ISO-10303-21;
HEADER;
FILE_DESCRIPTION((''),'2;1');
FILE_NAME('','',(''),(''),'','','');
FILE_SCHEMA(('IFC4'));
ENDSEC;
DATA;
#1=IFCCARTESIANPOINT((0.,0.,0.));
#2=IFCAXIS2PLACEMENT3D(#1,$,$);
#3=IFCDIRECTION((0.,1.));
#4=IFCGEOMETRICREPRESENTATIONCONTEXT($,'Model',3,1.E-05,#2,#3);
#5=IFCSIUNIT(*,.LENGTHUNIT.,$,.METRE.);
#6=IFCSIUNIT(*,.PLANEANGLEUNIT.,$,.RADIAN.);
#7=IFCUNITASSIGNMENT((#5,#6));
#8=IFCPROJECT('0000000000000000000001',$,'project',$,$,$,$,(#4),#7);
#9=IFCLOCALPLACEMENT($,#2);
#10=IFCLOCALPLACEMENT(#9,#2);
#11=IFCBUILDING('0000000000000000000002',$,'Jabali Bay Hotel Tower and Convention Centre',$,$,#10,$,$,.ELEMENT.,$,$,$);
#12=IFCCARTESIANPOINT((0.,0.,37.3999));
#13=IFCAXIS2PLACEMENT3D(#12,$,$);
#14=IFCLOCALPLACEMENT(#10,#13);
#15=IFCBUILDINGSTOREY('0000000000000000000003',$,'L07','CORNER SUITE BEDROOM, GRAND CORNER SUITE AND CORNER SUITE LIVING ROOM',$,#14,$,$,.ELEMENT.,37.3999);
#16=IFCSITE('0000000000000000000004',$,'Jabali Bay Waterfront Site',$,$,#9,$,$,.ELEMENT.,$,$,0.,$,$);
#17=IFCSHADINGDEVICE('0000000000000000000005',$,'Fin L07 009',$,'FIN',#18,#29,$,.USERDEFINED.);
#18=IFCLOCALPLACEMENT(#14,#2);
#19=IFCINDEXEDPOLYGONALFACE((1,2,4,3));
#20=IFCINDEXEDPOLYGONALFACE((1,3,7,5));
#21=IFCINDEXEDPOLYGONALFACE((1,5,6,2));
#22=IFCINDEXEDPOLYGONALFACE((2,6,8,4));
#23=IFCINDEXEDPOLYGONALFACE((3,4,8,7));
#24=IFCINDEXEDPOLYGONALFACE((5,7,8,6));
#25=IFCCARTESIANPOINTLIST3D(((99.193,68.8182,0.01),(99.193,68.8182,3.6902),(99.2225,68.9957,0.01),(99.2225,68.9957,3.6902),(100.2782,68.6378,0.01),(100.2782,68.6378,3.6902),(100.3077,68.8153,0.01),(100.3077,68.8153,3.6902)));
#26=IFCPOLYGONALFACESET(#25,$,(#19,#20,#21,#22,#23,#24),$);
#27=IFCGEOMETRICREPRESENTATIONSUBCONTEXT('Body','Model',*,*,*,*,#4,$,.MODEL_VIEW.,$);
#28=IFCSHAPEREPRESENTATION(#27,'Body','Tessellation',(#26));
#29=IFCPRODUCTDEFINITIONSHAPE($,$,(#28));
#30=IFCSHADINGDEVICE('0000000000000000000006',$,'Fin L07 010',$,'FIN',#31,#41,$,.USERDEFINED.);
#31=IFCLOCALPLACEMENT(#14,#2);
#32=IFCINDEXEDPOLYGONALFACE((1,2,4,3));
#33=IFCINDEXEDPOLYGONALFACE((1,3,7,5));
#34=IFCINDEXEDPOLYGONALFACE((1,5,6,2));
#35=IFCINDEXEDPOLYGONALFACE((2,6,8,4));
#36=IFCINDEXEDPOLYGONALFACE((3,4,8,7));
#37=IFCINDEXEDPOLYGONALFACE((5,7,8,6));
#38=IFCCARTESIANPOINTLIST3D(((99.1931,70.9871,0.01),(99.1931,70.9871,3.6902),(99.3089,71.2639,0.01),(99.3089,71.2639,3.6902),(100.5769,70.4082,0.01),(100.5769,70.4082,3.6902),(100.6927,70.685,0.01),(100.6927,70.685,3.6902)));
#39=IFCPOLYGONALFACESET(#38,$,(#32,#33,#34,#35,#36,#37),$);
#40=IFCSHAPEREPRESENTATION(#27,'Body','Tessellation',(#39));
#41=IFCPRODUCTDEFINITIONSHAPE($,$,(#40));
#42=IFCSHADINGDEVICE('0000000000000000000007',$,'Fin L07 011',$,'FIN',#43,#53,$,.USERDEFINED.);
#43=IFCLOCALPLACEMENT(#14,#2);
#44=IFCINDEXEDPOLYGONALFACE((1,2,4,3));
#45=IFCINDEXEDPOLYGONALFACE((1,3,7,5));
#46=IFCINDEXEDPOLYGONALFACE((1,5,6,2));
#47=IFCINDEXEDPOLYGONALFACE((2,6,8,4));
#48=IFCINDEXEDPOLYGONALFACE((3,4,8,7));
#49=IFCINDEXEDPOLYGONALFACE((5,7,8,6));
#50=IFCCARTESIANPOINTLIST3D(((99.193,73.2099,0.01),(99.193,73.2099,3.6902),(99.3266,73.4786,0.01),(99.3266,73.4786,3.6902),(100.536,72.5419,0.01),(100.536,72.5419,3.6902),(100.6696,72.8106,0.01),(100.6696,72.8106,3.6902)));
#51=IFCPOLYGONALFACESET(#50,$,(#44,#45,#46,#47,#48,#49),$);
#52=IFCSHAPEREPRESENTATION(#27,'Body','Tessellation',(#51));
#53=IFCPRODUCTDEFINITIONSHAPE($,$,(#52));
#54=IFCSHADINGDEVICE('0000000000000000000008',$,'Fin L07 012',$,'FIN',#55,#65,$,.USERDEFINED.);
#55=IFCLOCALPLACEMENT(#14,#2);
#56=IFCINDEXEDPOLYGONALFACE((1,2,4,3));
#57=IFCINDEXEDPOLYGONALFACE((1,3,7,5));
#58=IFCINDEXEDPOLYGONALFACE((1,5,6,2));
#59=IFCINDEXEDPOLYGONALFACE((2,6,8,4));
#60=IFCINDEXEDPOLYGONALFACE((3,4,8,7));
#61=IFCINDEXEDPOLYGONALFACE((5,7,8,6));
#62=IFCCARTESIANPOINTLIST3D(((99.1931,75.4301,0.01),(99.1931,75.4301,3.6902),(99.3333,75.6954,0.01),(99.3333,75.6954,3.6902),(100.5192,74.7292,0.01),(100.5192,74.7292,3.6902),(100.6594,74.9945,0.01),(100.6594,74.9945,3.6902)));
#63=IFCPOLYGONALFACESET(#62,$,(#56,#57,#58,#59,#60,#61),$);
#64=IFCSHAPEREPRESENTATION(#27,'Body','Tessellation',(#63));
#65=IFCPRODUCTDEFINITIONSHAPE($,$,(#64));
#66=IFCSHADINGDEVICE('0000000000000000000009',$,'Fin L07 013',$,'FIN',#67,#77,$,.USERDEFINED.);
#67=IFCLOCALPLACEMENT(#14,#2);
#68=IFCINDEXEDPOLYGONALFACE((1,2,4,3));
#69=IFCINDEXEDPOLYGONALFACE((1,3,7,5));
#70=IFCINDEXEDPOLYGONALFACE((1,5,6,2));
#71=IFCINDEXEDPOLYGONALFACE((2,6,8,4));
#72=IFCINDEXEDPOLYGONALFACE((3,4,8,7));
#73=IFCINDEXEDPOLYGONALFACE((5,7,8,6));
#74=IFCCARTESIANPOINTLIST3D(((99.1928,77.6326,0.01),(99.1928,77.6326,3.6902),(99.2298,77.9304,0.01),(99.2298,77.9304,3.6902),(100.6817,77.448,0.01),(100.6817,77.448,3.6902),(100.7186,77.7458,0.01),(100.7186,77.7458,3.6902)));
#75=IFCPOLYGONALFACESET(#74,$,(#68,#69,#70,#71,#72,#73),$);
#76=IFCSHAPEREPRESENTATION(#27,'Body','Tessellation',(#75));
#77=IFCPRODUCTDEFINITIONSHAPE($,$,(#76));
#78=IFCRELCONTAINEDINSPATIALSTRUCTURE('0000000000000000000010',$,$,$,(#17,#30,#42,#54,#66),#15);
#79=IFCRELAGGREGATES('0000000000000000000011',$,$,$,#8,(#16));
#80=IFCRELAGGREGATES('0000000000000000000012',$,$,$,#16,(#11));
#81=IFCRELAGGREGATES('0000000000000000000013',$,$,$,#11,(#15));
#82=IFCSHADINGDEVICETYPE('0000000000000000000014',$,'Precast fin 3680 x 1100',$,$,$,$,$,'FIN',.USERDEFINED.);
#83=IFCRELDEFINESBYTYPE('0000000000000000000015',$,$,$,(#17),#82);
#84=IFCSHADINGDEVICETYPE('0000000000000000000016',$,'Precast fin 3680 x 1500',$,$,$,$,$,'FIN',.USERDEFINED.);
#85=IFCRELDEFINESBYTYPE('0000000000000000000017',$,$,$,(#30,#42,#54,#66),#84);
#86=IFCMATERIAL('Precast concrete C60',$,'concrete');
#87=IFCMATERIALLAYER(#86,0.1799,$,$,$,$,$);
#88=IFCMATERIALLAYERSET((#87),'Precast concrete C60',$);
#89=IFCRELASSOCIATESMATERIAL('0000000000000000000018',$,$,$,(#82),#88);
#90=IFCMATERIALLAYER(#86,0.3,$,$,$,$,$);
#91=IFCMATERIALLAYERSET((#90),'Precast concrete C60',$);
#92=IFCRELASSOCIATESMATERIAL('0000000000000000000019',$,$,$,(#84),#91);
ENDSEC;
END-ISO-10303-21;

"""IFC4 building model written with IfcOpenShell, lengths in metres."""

from ifc_helpers import new_model, si_unit, direction, frame, frame_2d, origin, place, context, subcontext, project, spatial, rectangle, extrude, material, layer, layer_set, type_object, element, save


model = new_model("IFC4")

# Units and contexts
model_context = context("Model", 3, precision=1e-05, world=origin(), true_north=direction((0.0, 1.0)))
body_context = subcontext(model_context, "Body", "Model", "MODEL_VIEW")
ifc_project = project(units=[si_unit("LENGTHUNIT", "METRE"), si_unit("PLANEANGLEUNIT", "RADIAN")], contexts=[model_context])

# Site, building, storey
site_placement = place(None, origin())
site = spatial("IfcSite", under=ifc_project, at=site_placement, Name="Jabali Bay Waterfront Site", CompositionType="ELEMENT", RefElevation=0.0)
building_placement = place(site_placement, origin())
building = spatial("IfcBuilding", under=site, at=building_placement, Name="Jabali Bay Hotel Tower and Convention Centre", CompositionType="ELEMENT")
storey_placement = place(building_placement, frame((0.0, 0.0, 37.3999)))
storey = spatial("IfcBuildingStorey", under=building, at=storey_placement, Name="L07", Description="CORNER SUITE BEDROOM, GRAND CORNER SUITE AND CORNER SUITE LIVING ROOM", CompositionType="ELEMENT", Elevation=37.3999)

# Shading devices
ifc_material_1 = material(Name="Precast concrete C60", Category="concrete")
ifc_layer_1 = layer(ifc_material_1, 0.1799)
ifc_layer_set_1 = layer_set([ifc_layer_1], Name="Precast concrete C60")
shading_device_type_1 = type_object("IfcShadingDeviceType", Name="Precast fin 3680 x 1100", ElementType="FIN", PredefinedType="USERDEFINED", material=ifc_layer_set_1)
shading_device_1_placement = place(storey_placement, frame((99.2078, 68.907, 0.01), z_axis=(0.0, 0.0, 1.0), x_axis=(0.98646, -0.164003, 0.0)))
element("IfcShadingDevice", 1, at=shading_device_1_placement, inside=storey, type_object=shading_device_type_1, Name="Fin L07 009", ObjectType="FIN", PredefinedType="USERDEFINED", context=body_context, shape_type="SweptSolid", body=[
    extrude(rectangle(XDim=1.1001, YDim=0.1799, at=frame_2d((0.55, 0.0))), origin(), (0.0, 0.0, 1.0), 3.6802),
])
ifc_layer_2 = layer(ifc_material_1, 0.3)
ifc_layer_set_2 = layer_set([ifc_layer_2], Name="Precast concrete C60")
shading_device_type_2 = type_object("IfcShadingDeviceType", Name="Precast fin 3680 x 1500", ElementType="FIN", PredefinedType="USERDEFINED", material=ifc_layer_set_2)
for number, where, z_axis, x_axis, name in (
    (2, (99.251, 71.1255, 0.01), (0.0, 0.0, 1.0), (0.922537, -0.385909, 0.0), "Fin L07 010"),
    (3, (99.2598, 73.3442, 0.01), (0.0, 0.0, 1.0), (0.895369, -0.445325, 0.0), "Fin L07 011"),
    (4, (99.2632, 75.5627, 0.01), (0.0, 0.0, 1.0), (0.884108, -0.467282, 0.0), "Fin L07 012"),
):
    element("IfcShadingDevice", number, at=place(storey_placement, frame(where, z_axis=z_axis, x_axis=x_axis)), inside=storey, type_object=shading_device_type_2, Name=name, ObjectType="FIN", PredefinedType="USERDEFINED", context=body_context, shape_type="SweptSolid", body=[
        extrude(rectangle(XDim=1.5, YDim=0.3, at=frame_2d((0.75, 0.0))), origin(), (0.0, 0.0, 1.0), 3.6802),
    ])
shading_device_2_placement = place(storey_placement, frame((99.2114, 77.7815, 0.01), z_axis=(0.0, 0.0, 1.0), x_axis=(0.992403, -0.123033, 0.0)))
element("IfcShadingDevice", 5, at=shading_device_2_placement, inside=storey, type_object=shading_device_type_2, Name="Fin L07 013", ObjectType="FIN", PredefinedType="USERDEFINED", context=body_context, shape_type="SweptSolid", body=[
    extrude(rectangle(XDim=1.5002, YDim=0.3, at=frame_2d((0.75, 0.0))), origin(), (0.0, 0.0, 1.0), 3.6802),
])

save(model, "model.ifc")
